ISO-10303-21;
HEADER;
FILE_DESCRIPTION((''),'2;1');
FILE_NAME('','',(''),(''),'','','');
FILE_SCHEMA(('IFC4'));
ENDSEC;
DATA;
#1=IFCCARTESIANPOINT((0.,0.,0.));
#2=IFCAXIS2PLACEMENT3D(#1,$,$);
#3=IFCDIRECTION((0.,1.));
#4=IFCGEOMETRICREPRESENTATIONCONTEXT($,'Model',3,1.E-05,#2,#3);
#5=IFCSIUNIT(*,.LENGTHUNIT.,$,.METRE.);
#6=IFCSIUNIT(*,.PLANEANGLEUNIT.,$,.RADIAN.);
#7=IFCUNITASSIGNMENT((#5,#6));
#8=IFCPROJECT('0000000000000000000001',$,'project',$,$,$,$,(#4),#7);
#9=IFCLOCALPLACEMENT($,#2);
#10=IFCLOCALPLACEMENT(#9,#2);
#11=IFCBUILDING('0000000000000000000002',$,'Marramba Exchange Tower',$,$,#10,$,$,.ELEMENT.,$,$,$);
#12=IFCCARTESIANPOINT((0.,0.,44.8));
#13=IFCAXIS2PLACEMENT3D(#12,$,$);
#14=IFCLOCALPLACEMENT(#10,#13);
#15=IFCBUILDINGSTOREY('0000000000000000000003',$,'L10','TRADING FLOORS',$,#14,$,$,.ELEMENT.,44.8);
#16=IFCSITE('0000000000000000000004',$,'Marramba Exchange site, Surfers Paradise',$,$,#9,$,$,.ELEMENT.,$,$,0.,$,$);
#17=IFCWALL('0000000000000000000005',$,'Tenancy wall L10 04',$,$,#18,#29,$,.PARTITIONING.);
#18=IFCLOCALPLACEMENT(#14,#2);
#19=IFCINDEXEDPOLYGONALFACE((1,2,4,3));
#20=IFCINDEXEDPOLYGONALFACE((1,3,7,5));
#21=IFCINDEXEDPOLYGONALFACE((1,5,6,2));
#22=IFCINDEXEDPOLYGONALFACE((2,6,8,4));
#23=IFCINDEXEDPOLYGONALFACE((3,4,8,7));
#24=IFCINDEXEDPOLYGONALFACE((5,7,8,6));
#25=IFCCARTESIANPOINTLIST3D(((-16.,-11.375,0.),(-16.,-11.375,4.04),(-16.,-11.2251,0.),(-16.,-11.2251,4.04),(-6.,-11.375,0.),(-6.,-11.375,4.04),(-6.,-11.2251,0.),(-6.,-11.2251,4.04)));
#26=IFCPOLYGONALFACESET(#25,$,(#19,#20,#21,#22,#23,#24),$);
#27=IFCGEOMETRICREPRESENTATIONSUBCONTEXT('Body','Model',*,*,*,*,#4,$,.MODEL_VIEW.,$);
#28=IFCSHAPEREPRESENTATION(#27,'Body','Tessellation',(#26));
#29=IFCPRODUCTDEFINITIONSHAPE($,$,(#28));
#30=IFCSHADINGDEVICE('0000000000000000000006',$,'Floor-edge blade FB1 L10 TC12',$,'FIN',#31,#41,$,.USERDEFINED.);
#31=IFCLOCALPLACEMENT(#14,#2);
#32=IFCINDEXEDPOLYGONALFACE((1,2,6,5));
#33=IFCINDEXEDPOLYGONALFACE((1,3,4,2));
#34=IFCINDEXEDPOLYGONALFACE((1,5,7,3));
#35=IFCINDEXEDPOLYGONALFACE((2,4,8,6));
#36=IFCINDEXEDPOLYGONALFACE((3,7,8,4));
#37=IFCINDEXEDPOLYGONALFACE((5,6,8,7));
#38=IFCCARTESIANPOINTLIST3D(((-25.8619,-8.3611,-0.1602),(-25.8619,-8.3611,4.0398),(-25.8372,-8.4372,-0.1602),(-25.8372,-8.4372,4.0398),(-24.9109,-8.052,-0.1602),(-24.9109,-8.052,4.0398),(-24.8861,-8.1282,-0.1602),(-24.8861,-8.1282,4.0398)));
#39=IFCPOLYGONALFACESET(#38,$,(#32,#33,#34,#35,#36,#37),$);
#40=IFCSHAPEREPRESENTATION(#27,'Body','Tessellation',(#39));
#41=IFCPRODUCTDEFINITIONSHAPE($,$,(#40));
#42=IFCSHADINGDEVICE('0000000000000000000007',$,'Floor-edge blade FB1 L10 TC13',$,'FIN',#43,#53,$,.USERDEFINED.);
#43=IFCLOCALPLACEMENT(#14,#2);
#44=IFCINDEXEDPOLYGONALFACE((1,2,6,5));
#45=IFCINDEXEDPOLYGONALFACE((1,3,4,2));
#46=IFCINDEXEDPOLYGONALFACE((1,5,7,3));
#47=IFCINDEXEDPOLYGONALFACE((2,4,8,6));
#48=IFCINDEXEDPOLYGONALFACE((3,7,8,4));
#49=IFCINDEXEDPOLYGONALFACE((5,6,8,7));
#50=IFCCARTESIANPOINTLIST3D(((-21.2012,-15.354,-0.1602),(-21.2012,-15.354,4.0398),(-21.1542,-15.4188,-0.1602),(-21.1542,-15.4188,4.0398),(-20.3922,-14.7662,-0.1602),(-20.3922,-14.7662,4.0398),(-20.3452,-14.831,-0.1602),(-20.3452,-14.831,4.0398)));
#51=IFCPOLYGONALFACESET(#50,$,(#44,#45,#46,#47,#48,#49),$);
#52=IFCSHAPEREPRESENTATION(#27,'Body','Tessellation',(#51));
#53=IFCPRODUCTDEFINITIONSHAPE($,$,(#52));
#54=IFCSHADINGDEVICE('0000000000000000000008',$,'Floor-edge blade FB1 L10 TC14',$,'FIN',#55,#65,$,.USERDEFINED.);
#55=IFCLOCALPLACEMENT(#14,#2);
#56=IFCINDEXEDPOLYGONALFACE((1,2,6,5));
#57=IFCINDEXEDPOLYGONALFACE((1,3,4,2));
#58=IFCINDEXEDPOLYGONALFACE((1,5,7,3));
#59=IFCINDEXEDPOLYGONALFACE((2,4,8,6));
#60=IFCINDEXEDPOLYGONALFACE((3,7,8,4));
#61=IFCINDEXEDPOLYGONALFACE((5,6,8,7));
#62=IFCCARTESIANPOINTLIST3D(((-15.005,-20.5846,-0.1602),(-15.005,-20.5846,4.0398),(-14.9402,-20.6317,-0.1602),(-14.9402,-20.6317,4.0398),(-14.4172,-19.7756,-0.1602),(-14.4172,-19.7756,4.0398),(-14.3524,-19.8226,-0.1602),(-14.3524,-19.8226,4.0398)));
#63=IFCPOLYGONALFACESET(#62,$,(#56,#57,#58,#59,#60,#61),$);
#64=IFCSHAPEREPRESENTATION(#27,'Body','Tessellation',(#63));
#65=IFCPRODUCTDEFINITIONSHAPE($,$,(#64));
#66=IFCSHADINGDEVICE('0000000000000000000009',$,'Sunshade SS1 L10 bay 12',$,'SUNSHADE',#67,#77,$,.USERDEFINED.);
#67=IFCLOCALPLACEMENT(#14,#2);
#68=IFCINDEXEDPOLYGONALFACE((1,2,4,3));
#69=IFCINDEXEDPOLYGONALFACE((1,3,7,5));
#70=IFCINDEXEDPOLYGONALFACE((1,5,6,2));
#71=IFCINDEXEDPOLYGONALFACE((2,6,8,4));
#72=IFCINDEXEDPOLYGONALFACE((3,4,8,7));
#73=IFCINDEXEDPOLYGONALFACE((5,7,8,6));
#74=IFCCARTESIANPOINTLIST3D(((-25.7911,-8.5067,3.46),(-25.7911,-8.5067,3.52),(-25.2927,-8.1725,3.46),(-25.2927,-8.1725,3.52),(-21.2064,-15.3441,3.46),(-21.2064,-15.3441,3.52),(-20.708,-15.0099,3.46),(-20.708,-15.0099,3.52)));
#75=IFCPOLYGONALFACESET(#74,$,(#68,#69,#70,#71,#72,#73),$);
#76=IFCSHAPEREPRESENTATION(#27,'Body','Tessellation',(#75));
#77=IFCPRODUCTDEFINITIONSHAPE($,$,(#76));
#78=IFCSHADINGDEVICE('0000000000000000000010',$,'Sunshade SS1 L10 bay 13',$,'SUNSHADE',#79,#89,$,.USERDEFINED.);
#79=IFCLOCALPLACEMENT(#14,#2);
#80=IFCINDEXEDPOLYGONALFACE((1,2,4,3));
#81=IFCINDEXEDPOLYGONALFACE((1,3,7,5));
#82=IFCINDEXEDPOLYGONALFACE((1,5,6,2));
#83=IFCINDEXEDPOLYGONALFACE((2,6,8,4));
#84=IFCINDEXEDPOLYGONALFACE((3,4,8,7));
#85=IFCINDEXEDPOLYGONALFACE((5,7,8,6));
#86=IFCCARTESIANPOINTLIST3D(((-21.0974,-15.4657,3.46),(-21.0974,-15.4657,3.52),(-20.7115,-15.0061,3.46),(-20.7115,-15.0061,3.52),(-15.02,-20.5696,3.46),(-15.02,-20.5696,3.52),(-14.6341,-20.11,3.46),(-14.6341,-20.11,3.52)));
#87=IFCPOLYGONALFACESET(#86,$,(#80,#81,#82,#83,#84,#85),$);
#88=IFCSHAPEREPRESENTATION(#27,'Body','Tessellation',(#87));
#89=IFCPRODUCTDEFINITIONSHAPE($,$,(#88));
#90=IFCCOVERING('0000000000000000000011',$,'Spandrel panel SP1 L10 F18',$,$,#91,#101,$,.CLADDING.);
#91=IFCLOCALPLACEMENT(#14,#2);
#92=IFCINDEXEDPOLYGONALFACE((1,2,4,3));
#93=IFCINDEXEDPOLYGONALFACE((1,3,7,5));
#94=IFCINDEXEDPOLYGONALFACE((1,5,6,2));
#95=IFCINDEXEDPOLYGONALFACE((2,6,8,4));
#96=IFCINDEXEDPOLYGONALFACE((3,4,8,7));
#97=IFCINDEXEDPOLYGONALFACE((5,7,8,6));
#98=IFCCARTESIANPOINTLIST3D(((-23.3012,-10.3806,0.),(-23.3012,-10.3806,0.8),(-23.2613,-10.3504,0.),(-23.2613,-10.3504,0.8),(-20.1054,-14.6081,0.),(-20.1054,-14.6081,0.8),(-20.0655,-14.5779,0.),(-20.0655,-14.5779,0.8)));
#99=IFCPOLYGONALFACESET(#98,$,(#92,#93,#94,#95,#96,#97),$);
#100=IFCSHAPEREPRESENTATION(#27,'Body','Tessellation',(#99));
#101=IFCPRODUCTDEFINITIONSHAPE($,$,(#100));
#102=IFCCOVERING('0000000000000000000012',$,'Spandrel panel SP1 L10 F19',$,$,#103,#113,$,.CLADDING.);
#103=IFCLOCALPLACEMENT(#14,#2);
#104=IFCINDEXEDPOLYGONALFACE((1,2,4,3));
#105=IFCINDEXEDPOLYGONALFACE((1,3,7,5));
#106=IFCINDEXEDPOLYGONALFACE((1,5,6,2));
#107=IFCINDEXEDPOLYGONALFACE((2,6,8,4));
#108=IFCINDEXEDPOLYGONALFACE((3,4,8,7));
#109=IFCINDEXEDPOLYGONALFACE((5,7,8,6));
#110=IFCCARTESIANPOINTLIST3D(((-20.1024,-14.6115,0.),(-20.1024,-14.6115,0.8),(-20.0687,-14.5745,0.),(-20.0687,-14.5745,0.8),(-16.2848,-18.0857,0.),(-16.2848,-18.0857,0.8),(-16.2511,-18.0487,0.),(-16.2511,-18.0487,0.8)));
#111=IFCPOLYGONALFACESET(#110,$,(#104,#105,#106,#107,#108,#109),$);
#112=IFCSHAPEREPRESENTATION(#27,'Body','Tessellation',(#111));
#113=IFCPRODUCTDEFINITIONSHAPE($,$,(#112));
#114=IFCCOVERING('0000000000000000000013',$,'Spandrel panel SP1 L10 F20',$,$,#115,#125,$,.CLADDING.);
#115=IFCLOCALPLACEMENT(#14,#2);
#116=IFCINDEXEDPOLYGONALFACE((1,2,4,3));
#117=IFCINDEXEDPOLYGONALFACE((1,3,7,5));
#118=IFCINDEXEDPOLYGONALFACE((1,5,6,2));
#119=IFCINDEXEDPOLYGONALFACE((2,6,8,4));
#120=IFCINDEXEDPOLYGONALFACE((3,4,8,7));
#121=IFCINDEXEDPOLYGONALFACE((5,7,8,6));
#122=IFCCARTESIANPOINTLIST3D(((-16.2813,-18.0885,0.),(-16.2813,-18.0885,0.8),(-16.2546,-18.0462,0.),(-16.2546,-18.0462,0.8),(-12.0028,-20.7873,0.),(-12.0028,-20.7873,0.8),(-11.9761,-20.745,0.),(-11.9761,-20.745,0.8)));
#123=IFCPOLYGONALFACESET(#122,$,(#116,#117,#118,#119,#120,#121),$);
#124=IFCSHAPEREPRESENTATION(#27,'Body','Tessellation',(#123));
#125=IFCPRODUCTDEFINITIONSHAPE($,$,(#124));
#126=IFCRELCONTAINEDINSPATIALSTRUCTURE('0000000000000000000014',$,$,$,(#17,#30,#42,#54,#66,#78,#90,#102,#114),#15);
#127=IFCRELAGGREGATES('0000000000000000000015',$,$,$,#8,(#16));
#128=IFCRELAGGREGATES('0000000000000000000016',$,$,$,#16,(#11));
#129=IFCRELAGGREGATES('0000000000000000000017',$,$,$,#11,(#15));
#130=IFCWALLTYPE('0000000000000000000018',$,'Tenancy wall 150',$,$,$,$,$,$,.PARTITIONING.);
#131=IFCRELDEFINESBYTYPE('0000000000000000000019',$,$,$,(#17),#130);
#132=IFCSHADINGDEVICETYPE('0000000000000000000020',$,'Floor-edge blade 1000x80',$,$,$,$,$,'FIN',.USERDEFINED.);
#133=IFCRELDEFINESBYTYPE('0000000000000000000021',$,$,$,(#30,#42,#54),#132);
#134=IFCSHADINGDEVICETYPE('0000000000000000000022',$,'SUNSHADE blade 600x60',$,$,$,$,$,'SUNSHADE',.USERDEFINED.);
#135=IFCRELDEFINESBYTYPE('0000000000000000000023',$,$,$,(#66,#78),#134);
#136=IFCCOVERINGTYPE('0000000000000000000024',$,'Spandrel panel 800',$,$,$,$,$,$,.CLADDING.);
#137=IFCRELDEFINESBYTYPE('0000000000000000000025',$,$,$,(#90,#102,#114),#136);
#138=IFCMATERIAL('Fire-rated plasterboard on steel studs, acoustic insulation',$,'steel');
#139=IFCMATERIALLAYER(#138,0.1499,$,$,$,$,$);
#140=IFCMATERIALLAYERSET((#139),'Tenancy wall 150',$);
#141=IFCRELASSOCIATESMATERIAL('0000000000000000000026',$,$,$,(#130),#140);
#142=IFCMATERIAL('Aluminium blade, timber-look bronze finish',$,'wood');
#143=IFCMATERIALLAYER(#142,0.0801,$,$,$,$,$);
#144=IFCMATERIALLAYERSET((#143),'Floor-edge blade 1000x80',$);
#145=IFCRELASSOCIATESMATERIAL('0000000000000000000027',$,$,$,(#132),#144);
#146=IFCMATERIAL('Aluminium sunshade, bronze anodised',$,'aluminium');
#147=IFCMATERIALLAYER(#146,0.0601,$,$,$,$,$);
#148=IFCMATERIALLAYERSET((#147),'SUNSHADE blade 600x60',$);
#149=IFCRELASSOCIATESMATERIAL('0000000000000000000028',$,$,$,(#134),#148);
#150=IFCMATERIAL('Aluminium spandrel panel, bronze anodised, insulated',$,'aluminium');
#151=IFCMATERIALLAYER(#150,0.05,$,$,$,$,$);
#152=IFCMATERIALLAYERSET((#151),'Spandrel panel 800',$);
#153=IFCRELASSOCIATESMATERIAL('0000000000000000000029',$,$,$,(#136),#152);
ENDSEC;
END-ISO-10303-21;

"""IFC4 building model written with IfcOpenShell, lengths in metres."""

from ifc_helpers import new_model, si_unit, direction, frame, frame_2d, origin, origin_2d, place, context, subcontext, project, spatial, rectangle, extrude, material, layer, layer_set, type_object, element, save


model = new_model("IFC4")

# Units and contexts
model_context = context("Model", 3, precision=1e-05, world=origin(), true_north=direction((0.0, 1.0)))
body_context = subcontext(model_context, "Body", "Model", "MODEL_VIEW")
ifc_project = project(units=[si_unit("LENGTHUNIT", "METRE"), si_unit("PLANEANGLEUNIT", "RADIAN")], contexts=[model_context])

# Site, building, storey
site_placement = place(None, origin())
site = spatial("IfcSite", under=ifc_project, at=site_placement, Name="Marramba Exchange site, Surfers Paradise", CompositionType="ELEMENT", RefElevation=0.0)
building_placement = place(site_placement, origin())
building = spatial("IfcBuilding", under=site, at=building_placement, Name="Marramba Exchange Tower", CompositionType="ELEMENT")
storey_placement = place(building_placement, frame((0.0, 0.0, 44.8)))
storey = spatial("IfcBuildingStorey", under=building, at=storey_placement, Name="L10", Description="TRADING FLOORS", CompositionType="ELEMENT", Elevation=44.8)

# Wall
ifc_material_1 = material(Name="Fire-rated plasterboard on steel studs, acoustic insulation", Category="steel")
ifc_layer_1 = layer(ifc_material_1, 0.1499)
ifc_layer_set_1 = layer_set([ifc_layer_1], Name="Tenancy wall 150")
wall_type_1 = type_object("IfcWallType", Name="Tenancy wall 150", PredefinedType="PARTITIONING", material=ifc_layer_set_1)
wall_1_placement = place(storey_placement, frame((-16.0, -11.3, 0.0), z_axis=(0.0, 0.0, 1.0), x_axis=(1.0, 0.0, 0.0)))
element("IfcWall", 1, at=wall_1_placement, inside=storey, type_object=wall_type_1, Name="Tenancy wall L10 04", PredefinedType="PARTITIONING", context=body_context, shape_type="SweptSolid", body=[
    extrude(rectangle(XDim=10.0, YDim=0.1499, at=frame_2d((5.0, 0.0))), origin(), (0.0, 0.0, 1.0), 4.04),
])

# Shading devices
ifc_material_2 = material(Name="Aluminium blade, timber-look bronze finish", Category="wood")
ifc_layer_2 = layer(ifc_material_2, 0.0801)
ifc_layer_set_2 = layer_set([ifc_layer_2], Name="Floor-edge blade 1000x80")
shading_device_type_1 = type_object("IfcShadingDeviceType", Name="Floor-edge blade 1000x80", ElementType="FIN", PredefinedType="USERDEFINED", material=ifc_layer_set_2)
for number, where, z_axis, x_axis, name in (
    (2, (-25.374, -8.2446, -0.1602), (0.0, 0.0, 1.0), (-0.951057, -0.309017, 0.0), "Floor-edge blade FB1 L10 TC12"),
    (3, (-20.7732, -15.0925, -0.1602), (0.0, 0.0, 1.0), (-0.809017, -0.587785, 0.0), "Floor-edge blade FB1 L10 TC13"),
    (4, (-14.6787, -20.2036, -0.1602), (0.0, 0.0, 1.0), (-0.587785, -0.809017, 0.0), "Floor-edge blade FB1 L10 TC14"),
):
    element("IfcShadingDevice", number, at=place(storey_placement, frame(where, z_axis=z_axis, x_axis=x_axis)), inside=storey, type_object=shading_device_type_1, Name=name, ObjectType="FIN", PredefinedType="USERDEFINED", context=body_context, shape_type="SweptSolid", body=[
        extrude(rectangle(XDim=1.0, YDim=0.0801, at=origin_2d()), origin(), (0.0, 0.0, 1.0), 4.2),
    ])
ifc_material_3 = material(Name="Aluminium sunshade, bronze anodised", Category="aluminium")
ifc_layer_3 = layer(ifc_material_3, 0.0601)
ifc_layer_set_3 = layer_set([ifc_layer_3], Name="SUNSHADE blade 600x60")
shading_device_type_2 = type_object("IfcShadingDeviceType", Name="SUNSHADE blade 600x60", ElementType="SUNSHADE", PredefinedType="USERDEFINED", material=ifc_layer_set_3)
shading_device_1_placement = place(storey_placement, frame((-23.2495, -11.7583, 3.46), z_axis=(0.0, 0.0, 1.0), x_axis=(0.556924, -0.830563, 0.0)))
element("IfcShadingDevice", 5, at=shading_device_1_placement, inside=storey, type_object=shading_device_type_2, Name="Sunshade SS1 L10 bay 12", ObjectType="SUNSHADE", PredefinedType="USERDEFINED", context=body_context, shape_type="SweptSolid", body=[
    extrude(rectangle(XDim=8.2322, YDim=0.6001, at=origin_2d()), origin(), (0.0, 0.0, 1.0), 0.0601),
])
shading_device_2_placement = place(storey_placement, frame((-17.8657, -17.7878, 3.46), z_axis=(0.0, 0.0, 1.0), x_axis=(0.765776, -0.643107, 0.0)))
element("IfcShadingDevice", 6, at=shading_device_2_placement, inside=storey, type_object=shading_device_type_2, Name="Sunshade SS1 L10 bay 13", ObjectType="SUNSHADE", PredefinedType="USERDEFINED", context=body_context, shape_type="SweptSolid", body=[
    extrude(rectangle(XDim=7.9363, YDim=0.6001, at=origin_2d()), origin(), (0.0, 0.0, 1.0), 0.0601),
])

# Coverings
ifc_material_4 = material(Name="Aluminium spandrel panel, bronze anodised, insulated", Category="aluminium")
ifc_layer_4 = layer(ifc_material_4, 0.05)
ifc_layer_set_4 = layer_set([ifc_layer_4], Name="Spandrel panel 800")
covering_type = type_object("IfcCoveringType", Name="Spandrel panel 800", PredefinedType="CLADDING", material=ifc_layer_set_4)
covering_1_placement = place(storey_placement, frame((-21.6833, -12.4792, 0.0), z_axis=(0.0, 0.0, 1.0), x_axis=(0.60304, -0.797711, 0.0)))
element("IfcCovering", 7, at=covering_1_placement, inside=storey, type_object=covering_type, Name="Spandrel panel SP1 L10 F18", PredefinedType="CLADDING", context=body_context, shape_type="SweptSolid", body=[
    extrude(rectangle(XDim=5.2996, YDim=0.05, at=origin_2d()), origin(), (0.0, 0.0, 1.0), 0.8),
])
covering_2_placement = place(storey_placement, frame((-18.1768, -16.3301, 0.0), z_axis=(0.0, 0.0, 1.0), x_axis=(0.73959, -0.673058, 0.0)))
element("IfcCovering", 8, at=covering_2_placement, inside=storey, type_object=covering_type, Name="Spandrel panel SP1 L10 F19", PredefinedType="CLADDING", context=body_context, shape_type="SweptSolid", body=[
    extrude(rectangle(XDim=5.1619, YDim=0.05, at=origin_2d()), origin(), (0.0, 0.0, 1.0), 0.8),
])
covering_3_placement = place(storey_placement, frame((-14.1287, -19.4167, 0.0), z_axis=(0.0, 0.0, 1.0), x_axis=(0.845791, -0.533515, 0.0)))
element("IfcCovering", 9, at=covering_3_placement, inside=storey, type_object=covering_type, Name="Spandrel panel SP1 L10 F20", PredefinedType="CLADDING", context=body_context, shape_type="SweptSolid", body=[
    extrude(rectangle(XDim=5.0586, YDim=0.05, at=origin_2d()), origin(), (0.0, 0.0, 1.0), 0.8),
])

save(model, "model.ifc")
